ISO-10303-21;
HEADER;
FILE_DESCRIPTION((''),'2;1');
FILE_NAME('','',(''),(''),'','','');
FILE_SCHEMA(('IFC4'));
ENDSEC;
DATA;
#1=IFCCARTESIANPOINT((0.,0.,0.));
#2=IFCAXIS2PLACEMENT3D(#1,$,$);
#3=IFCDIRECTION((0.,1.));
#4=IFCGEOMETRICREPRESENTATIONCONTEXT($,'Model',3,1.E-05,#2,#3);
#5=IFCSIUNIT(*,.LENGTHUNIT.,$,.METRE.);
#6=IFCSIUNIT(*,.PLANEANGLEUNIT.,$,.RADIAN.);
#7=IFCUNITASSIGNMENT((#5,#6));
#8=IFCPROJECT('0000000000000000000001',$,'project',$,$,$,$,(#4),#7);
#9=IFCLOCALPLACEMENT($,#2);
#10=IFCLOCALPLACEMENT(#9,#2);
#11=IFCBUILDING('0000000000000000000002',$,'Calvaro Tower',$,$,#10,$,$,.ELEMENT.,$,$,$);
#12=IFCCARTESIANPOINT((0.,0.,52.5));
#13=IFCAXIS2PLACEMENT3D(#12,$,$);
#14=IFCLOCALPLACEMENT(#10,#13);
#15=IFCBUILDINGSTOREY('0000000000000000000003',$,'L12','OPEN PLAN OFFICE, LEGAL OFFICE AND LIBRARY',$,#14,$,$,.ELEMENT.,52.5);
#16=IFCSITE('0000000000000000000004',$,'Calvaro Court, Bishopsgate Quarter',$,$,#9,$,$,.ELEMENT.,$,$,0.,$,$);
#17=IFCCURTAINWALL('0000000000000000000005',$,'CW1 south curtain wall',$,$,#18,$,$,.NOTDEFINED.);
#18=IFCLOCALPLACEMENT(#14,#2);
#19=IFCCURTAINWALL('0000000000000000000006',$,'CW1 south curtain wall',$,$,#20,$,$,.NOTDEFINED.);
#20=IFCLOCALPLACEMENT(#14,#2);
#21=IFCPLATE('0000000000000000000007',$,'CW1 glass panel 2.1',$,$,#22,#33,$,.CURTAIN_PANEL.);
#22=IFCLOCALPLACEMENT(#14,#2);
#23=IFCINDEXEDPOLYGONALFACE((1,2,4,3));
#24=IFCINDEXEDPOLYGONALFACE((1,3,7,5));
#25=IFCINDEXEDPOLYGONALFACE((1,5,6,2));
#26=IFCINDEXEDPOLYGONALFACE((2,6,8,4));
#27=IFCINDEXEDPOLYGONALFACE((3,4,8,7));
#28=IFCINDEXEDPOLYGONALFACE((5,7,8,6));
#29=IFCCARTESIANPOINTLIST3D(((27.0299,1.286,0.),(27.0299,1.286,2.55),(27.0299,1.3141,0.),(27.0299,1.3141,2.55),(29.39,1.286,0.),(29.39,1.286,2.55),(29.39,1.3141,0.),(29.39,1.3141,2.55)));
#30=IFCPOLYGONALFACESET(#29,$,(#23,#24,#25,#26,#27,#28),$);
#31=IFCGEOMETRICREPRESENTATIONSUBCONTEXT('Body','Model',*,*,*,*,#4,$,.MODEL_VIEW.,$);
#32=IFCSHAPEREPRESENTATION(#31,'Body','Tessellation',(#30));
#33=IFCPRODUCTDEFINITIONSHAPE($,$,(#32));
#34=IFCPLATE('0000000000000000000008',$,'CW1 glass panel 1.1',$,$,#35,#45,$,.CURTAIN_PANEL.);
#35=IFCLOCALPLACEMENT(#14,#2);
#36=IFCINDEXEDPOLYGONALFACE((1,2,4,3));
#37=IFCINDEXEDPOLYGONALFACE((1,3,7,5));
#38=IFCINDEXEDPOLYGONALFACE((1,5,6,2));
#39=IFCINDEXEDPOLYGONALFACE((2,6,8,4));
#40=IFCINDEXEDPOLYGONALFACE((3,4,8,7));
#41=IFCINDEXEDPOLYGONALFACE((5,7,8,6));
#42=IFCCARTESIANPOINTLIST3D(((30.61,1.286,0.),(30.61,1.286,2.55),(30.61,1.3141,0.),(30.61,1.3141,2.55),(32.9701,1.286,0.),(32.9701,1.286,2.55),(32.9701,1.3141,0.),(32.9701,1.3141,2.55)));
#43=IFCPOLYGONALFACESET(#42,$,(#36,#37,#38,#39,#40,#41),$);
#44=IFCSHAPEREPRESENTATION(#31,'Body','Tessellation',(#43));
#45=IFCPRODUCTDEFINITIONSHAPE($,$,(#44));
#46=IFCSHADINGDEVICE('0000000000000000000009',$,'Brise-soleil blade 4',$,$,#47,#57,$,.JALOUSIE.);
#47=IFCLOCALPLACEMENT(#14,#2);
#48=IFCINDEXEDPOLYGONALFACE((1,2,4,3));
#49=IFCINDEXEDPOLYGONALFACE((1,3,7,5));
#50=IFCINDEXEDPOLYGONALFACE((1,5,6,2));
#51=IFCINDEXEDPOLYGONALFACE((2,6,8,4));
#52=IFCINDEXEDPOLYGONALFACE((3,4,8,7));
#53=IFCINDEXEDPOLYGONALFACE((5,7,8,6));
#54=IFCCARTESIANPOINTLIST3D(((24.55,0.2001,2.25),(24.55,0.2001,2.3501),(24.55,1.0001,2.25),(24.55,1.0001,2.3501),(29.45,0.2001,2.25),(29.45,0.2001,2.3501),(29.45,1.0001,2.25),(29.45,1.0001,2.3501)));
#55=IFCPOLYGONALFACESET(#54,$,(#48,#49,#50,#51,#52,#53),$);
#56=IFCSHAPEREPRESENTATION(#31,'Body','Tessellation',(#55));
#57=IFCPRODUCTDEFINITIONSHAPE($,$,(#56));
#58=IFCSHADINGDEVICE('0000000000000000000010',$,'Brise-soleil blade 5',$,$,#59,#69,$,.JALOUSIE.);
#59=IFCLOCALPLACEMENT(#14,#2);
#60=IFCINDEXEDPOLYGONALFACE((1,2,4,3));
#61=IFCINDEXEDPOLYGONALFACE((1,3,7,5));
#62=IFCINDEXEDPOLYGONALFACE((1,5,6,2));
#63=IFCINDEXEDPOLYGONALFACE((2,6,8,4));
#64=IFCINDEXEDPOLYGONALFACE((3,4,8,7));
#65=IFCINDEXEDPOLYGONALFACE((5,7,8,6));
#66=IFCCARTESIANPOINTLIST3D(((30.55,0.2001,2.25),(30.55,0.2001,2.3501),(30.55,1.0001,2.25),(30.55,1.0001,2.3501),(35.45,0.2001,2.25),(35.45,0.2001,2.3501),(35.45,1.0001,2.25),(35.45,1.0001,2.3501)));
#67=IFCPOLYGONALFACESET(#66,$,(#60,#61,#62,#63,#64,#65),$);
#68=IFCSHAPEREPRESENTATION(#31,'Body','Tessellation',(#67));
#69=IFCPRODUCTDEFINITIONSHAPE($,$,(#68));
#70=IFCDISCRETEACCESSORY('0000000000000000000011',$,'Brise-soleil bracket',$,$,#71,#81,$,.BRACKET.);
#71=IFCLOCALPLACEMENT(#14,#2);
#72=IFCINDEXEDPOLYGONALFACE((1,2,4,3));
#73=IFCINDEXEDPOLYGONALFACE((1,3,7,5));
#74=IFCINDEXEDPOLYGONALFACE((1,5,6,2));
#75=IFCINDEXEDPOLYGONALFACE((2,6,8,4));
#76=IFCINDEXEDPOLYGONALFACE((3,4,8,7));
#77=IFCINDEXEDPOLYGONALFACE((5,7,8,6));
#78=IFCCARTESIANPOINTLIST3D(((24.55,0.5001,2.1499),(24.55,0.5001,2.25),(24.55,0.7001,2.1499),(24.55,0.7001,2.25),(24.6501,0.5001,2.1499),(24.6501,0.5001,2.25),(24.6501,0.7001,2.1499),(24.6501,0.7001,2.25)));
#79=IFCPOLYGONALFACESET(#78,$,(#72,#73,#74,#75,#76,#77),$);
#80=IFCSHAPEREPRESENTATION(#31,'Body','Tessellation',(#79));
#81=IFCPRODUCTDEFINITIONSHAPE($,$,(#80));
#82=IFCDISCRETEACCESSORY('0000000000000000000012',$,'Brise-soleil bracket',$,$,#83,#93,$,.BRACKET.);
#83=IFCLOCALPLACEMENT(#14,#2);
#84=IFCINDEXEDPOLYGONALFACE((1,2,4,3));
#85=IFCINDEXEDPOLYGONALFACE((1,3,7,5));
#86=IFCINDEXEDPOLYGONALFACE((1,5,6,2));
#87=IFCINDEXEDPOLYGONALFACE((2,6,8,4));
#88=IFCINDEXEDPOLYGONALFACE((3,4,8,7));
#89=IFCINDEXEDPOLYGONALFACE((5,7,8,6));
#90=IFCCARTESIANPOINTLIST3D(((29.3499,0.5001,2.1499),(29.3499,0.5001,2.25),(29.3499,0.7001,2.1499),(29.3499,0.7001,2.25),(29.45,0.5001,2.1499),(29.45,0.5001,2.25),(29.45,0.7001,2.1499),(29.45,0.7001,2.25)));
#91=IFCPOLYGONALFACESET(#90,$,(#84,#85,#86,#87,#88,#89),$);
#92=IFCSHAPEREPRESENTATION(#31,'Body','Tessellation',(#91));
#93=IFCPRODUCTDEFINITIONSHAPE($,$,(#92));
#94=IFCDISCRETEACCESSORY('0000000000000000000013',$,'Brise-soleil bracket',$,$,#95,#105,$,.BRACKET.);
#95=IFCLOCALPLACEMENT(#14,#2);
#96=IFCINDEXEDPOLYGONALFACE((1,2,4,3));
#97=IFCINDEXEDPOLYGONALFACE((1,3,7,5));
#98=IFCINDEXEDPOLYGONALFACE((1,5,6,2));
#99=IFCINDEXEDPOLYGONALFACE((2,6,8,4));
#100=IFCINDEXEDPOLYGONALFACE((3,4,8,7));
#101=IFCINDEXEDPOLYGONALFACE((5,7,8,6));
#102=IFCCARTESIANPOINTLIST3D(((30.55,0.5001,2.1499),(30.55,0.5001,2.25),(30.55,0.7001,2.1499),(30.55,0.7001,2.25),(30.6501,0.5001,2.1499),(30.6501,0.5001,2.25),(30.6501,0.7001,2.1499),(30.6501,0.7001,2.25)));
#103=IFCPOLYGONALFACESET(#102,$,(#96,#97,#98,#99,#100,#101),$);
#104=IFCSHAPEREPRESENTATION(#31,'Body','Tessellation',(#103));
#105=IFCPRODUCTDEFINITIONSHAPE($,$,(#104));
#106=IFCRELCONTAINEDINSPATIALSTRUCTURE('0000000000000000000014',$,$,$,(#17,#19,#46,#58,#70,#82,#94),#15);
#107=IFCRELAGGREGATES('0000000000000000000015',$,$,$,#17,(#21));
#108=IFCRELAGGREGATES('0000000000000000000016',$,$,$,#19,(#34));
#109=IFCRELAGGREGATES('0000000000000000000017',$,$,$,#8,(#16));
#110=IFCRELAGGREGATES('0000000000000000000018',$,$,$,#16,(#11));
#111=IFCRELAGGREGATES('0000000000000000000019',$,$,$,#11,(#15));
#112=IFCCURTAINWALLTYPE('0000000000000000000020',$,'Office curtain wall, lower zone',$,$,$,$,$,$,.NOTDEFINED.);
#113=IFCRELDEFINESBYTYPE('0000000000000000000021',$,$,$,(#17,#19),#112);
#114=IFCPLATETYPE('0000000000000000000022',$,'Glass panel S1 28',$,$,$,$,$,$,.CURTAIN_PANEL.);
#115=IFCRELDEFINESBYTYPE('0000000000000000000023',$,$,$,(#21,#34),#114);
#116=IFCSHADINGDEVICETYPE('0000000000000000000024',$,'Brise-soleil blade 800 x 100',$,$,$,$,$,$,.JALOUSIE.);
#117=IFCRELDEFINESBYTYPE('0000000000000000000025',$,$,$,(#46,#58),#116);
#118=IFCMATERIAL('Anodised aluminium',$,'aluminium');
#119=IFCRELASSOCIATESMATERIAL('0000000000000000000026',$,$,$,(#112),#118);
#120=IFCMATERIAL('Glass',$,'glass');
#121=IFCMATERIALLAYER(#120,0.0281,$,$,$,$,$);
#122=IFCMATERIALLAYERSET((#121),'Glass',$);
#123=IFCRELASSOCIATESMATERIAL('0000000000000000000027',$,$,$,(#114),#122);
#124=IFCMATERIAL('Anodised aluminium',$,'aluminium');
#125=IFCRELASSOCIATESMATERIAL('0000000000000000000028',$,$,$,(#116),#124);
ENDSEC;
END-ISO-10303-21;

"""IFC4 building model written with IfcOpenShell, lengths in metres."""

from ifc_helpers import new_model, si_unit, direction, frame, origin, origin_2d, place, context, subcontext, project, spatial, rectangle, extrude, material, layer, layer_set, material_profile, profile_set, type_object, element, aggregate, save


model = new_model("IFC4")

# Units and contexts
model_context = context("Model", 3, precision=1e-05, world=origin(), true_north=direction((0.0, 1.0)))
body_context = subcontext(model_context, "Body", "Model", "MODEL_VIEW")
ifc_project = project(units=[si_unit("LENGTHUNIT", "METRE"), si_unit("PLANEANGLEUNIT", "RADIAN")], contexts=[model_context])

# Site, building, storey
site_placement = place(None, origin())
site = spatial("IfcSite", under=ifc_project, at=site_placement, Name="Calvaro Court, Bishopsgate Quarter", CompositionType="ELEMENT", RefElevation=0.0)
building_placement = place(site_placement, origin())
building = spatial("IfcBuilding", under=site, at=building_placement, Name="Calvaro Tower", CompositionType="ELEMENT")
storey_placement = place(building_placement, frame((0.0, 0.0, 52.5)))
storey = spatial("IfcBuildingStorey", under=building, at=storey_placement, Name="L12", Description="OPEN PLAN OFFICE, LEGAL OFFICE AND LIBRARY", CompositionType="ELEMENT", Elevation=52.5)

# Curtain walls
ifc_material_1 = material(Name="Anodised aluminium", Category="aluminium")
curtain_wall_type = type_object("IfcCurtainWallType", Name="Office curtain wall, lower zone", PredefinedType="NOTDEFINED", material=ifc_material_1)
curtain_wall_1_placement = place(storey_placement, origin())
curtain_wall_1 = element("IfcCurtainWall", 1, at=curtain_wall_1_placement, inside=storey, type_object=curtain_wall_type, Name="CW1 south curtain wall", PredefinedType="NOTDEFINED")
curtain_wall_2_placement = place(storey_placement, origin())
curtain_wall_2 = element("IfcCurtainWall", 2, at=curtain_wall_2_placement, inside=storey, type_object=curtain_wall_type, Name="CW1 south curtain wall", PredefinedType="NOTDEFINED")

# Plates
ifc_material_2 = material(Name="Glass", Category="glass")
ifc_layer = layer(ifc_material_2, 0.0281)
ifc_layer_set = layer_set([ifc_layer], Name="Glass")
plate_type = type_object("IfcPlateType", Name="Glass panel S1 28", PredefinedType="CURTAIN_PANEL", material=ifc_layer_set)
plate_1_placement = place(storey_placement, frame((28.21, 1.3, 0.0), z_axis=(0.0, 0.0, 1.0), x_axis=(1.0, 0.0, 0.0)))
plate_1 = element("IfcPlate", 3, at=plate_1_placement, type_object=plate_type, Name="CW1 glass panel 2.1", PredefinedType="CURTAIN_PANEL", context=body_context, shape_type="SweptSolid", body=[
    extrude(rectangle(XDim=2.3601, YDim=0.0281, at=origin_2d()), origin(), (0.0, 0.0, 1.0), 2.55),
])
aggregate(curtain_wall_1, [plate_1])
plate_2_placement = place(storey_placement, frame((31.79, 1.3, 0.0), z_axis=(0.0, 0.0, 1.0), x_axis=(1.0, 0.0, 0.0)))
plate_2 = element("IfcPlate", 4, at=plate_2_placement, type_object=plate_type, Name="CW1 glass panel 1.1", PredefinedType="CURTAIN_PANEL", context=body_context, shape_type="SweptSolid", body=[
    extrude(rectangle(XDim=2.3601, YDim=0.0281, at=origin_2d()), origin(), (0.0, 0.0, 1.0), 2.55),
])
aggregate(curtain_wall_2, [plate_2])

# Shading devices
ifc_material_3 = material(Name="Anodised aluminium", Category="aluminium")
ifc_material_profile_1 = material_profile(ifc_material_3, rectangle(XDim=0.8, YDim=0.1001, at=origin_2d()), Name="Brise-soleil blade 800 x 100")
ifc_profile_set_1 = profile_set([ifc_material_profile_1], Name="Anodised aluminium")
shading_device_type = type_object("IfcShadingDeviceType", Name="Brise-soleil blade 800 x 100", PredefinedType="JALOUSIE", material=ifc_profile_set_1)
for number, where, z_axis, x_axis, name in (
    (5, (24.55, 0.6001, 2.3), (1.0, 0.0, 0.0), (0.0, 1.0, 0.0), "Brise-soleil blade 4"),
    (6, (30.55, 0.6001, 2.3), (1.0, 0.0, 0.0), (0.0, 1.0, 0.0), "Brise-soleil blade 5"),
):
    element("IfcShadingDevice", number, at=place(storey_placement, frame(where, z_axis=z_axis, x_axis=x_axis)), inside=storey, type_object=shading_device_type, Name=name, PredefinedType="JALOUSIE", context=body_context, shape_type="SweptSolid", body=[
        extrude(rectangle(XDim=0.8, YDim=0.1001, at=origin_2d()), origin(), (0.0, 0.0, 1.0), 4.8999),
    ])

# Discrete accessories
for number, where, z_axis, x_axis, name in (
    (7, (24.6001, 0.6001, 2.1499), (0.0, 0.0, 1.0), (1.0, 0.0, 0.0), "Brise-soleil bracket"),
    (8, (29.3999, 0.6001, 2.1499), (0.0, 0.0, 1.0), (1.0, 0.0, 0.0), "Brise-soleil bracket"),
    (9, (30.6001, 0.6001, 2.1499), (0.0, 0.0, 1.0), (1.0, 0.0, 0.0), "Brise-soleil bracket"),
):
    element("IfcDiscreteAccessory", number, at=place(storey_placement, frame(where, z_axis=z_axis, x_axis=x_axis)), inside=storey, Name=name, PredefinedType="BRACKET", context=body_context, shape_type="SweptSolid", body=[
        extrude(rectangle(XDim=0.1001, YDim=0.2, at=origin_2d()), origin(), (0.0, 0.0, 1.0), 0.1001),
    ])

save(model, "model.ifc")
